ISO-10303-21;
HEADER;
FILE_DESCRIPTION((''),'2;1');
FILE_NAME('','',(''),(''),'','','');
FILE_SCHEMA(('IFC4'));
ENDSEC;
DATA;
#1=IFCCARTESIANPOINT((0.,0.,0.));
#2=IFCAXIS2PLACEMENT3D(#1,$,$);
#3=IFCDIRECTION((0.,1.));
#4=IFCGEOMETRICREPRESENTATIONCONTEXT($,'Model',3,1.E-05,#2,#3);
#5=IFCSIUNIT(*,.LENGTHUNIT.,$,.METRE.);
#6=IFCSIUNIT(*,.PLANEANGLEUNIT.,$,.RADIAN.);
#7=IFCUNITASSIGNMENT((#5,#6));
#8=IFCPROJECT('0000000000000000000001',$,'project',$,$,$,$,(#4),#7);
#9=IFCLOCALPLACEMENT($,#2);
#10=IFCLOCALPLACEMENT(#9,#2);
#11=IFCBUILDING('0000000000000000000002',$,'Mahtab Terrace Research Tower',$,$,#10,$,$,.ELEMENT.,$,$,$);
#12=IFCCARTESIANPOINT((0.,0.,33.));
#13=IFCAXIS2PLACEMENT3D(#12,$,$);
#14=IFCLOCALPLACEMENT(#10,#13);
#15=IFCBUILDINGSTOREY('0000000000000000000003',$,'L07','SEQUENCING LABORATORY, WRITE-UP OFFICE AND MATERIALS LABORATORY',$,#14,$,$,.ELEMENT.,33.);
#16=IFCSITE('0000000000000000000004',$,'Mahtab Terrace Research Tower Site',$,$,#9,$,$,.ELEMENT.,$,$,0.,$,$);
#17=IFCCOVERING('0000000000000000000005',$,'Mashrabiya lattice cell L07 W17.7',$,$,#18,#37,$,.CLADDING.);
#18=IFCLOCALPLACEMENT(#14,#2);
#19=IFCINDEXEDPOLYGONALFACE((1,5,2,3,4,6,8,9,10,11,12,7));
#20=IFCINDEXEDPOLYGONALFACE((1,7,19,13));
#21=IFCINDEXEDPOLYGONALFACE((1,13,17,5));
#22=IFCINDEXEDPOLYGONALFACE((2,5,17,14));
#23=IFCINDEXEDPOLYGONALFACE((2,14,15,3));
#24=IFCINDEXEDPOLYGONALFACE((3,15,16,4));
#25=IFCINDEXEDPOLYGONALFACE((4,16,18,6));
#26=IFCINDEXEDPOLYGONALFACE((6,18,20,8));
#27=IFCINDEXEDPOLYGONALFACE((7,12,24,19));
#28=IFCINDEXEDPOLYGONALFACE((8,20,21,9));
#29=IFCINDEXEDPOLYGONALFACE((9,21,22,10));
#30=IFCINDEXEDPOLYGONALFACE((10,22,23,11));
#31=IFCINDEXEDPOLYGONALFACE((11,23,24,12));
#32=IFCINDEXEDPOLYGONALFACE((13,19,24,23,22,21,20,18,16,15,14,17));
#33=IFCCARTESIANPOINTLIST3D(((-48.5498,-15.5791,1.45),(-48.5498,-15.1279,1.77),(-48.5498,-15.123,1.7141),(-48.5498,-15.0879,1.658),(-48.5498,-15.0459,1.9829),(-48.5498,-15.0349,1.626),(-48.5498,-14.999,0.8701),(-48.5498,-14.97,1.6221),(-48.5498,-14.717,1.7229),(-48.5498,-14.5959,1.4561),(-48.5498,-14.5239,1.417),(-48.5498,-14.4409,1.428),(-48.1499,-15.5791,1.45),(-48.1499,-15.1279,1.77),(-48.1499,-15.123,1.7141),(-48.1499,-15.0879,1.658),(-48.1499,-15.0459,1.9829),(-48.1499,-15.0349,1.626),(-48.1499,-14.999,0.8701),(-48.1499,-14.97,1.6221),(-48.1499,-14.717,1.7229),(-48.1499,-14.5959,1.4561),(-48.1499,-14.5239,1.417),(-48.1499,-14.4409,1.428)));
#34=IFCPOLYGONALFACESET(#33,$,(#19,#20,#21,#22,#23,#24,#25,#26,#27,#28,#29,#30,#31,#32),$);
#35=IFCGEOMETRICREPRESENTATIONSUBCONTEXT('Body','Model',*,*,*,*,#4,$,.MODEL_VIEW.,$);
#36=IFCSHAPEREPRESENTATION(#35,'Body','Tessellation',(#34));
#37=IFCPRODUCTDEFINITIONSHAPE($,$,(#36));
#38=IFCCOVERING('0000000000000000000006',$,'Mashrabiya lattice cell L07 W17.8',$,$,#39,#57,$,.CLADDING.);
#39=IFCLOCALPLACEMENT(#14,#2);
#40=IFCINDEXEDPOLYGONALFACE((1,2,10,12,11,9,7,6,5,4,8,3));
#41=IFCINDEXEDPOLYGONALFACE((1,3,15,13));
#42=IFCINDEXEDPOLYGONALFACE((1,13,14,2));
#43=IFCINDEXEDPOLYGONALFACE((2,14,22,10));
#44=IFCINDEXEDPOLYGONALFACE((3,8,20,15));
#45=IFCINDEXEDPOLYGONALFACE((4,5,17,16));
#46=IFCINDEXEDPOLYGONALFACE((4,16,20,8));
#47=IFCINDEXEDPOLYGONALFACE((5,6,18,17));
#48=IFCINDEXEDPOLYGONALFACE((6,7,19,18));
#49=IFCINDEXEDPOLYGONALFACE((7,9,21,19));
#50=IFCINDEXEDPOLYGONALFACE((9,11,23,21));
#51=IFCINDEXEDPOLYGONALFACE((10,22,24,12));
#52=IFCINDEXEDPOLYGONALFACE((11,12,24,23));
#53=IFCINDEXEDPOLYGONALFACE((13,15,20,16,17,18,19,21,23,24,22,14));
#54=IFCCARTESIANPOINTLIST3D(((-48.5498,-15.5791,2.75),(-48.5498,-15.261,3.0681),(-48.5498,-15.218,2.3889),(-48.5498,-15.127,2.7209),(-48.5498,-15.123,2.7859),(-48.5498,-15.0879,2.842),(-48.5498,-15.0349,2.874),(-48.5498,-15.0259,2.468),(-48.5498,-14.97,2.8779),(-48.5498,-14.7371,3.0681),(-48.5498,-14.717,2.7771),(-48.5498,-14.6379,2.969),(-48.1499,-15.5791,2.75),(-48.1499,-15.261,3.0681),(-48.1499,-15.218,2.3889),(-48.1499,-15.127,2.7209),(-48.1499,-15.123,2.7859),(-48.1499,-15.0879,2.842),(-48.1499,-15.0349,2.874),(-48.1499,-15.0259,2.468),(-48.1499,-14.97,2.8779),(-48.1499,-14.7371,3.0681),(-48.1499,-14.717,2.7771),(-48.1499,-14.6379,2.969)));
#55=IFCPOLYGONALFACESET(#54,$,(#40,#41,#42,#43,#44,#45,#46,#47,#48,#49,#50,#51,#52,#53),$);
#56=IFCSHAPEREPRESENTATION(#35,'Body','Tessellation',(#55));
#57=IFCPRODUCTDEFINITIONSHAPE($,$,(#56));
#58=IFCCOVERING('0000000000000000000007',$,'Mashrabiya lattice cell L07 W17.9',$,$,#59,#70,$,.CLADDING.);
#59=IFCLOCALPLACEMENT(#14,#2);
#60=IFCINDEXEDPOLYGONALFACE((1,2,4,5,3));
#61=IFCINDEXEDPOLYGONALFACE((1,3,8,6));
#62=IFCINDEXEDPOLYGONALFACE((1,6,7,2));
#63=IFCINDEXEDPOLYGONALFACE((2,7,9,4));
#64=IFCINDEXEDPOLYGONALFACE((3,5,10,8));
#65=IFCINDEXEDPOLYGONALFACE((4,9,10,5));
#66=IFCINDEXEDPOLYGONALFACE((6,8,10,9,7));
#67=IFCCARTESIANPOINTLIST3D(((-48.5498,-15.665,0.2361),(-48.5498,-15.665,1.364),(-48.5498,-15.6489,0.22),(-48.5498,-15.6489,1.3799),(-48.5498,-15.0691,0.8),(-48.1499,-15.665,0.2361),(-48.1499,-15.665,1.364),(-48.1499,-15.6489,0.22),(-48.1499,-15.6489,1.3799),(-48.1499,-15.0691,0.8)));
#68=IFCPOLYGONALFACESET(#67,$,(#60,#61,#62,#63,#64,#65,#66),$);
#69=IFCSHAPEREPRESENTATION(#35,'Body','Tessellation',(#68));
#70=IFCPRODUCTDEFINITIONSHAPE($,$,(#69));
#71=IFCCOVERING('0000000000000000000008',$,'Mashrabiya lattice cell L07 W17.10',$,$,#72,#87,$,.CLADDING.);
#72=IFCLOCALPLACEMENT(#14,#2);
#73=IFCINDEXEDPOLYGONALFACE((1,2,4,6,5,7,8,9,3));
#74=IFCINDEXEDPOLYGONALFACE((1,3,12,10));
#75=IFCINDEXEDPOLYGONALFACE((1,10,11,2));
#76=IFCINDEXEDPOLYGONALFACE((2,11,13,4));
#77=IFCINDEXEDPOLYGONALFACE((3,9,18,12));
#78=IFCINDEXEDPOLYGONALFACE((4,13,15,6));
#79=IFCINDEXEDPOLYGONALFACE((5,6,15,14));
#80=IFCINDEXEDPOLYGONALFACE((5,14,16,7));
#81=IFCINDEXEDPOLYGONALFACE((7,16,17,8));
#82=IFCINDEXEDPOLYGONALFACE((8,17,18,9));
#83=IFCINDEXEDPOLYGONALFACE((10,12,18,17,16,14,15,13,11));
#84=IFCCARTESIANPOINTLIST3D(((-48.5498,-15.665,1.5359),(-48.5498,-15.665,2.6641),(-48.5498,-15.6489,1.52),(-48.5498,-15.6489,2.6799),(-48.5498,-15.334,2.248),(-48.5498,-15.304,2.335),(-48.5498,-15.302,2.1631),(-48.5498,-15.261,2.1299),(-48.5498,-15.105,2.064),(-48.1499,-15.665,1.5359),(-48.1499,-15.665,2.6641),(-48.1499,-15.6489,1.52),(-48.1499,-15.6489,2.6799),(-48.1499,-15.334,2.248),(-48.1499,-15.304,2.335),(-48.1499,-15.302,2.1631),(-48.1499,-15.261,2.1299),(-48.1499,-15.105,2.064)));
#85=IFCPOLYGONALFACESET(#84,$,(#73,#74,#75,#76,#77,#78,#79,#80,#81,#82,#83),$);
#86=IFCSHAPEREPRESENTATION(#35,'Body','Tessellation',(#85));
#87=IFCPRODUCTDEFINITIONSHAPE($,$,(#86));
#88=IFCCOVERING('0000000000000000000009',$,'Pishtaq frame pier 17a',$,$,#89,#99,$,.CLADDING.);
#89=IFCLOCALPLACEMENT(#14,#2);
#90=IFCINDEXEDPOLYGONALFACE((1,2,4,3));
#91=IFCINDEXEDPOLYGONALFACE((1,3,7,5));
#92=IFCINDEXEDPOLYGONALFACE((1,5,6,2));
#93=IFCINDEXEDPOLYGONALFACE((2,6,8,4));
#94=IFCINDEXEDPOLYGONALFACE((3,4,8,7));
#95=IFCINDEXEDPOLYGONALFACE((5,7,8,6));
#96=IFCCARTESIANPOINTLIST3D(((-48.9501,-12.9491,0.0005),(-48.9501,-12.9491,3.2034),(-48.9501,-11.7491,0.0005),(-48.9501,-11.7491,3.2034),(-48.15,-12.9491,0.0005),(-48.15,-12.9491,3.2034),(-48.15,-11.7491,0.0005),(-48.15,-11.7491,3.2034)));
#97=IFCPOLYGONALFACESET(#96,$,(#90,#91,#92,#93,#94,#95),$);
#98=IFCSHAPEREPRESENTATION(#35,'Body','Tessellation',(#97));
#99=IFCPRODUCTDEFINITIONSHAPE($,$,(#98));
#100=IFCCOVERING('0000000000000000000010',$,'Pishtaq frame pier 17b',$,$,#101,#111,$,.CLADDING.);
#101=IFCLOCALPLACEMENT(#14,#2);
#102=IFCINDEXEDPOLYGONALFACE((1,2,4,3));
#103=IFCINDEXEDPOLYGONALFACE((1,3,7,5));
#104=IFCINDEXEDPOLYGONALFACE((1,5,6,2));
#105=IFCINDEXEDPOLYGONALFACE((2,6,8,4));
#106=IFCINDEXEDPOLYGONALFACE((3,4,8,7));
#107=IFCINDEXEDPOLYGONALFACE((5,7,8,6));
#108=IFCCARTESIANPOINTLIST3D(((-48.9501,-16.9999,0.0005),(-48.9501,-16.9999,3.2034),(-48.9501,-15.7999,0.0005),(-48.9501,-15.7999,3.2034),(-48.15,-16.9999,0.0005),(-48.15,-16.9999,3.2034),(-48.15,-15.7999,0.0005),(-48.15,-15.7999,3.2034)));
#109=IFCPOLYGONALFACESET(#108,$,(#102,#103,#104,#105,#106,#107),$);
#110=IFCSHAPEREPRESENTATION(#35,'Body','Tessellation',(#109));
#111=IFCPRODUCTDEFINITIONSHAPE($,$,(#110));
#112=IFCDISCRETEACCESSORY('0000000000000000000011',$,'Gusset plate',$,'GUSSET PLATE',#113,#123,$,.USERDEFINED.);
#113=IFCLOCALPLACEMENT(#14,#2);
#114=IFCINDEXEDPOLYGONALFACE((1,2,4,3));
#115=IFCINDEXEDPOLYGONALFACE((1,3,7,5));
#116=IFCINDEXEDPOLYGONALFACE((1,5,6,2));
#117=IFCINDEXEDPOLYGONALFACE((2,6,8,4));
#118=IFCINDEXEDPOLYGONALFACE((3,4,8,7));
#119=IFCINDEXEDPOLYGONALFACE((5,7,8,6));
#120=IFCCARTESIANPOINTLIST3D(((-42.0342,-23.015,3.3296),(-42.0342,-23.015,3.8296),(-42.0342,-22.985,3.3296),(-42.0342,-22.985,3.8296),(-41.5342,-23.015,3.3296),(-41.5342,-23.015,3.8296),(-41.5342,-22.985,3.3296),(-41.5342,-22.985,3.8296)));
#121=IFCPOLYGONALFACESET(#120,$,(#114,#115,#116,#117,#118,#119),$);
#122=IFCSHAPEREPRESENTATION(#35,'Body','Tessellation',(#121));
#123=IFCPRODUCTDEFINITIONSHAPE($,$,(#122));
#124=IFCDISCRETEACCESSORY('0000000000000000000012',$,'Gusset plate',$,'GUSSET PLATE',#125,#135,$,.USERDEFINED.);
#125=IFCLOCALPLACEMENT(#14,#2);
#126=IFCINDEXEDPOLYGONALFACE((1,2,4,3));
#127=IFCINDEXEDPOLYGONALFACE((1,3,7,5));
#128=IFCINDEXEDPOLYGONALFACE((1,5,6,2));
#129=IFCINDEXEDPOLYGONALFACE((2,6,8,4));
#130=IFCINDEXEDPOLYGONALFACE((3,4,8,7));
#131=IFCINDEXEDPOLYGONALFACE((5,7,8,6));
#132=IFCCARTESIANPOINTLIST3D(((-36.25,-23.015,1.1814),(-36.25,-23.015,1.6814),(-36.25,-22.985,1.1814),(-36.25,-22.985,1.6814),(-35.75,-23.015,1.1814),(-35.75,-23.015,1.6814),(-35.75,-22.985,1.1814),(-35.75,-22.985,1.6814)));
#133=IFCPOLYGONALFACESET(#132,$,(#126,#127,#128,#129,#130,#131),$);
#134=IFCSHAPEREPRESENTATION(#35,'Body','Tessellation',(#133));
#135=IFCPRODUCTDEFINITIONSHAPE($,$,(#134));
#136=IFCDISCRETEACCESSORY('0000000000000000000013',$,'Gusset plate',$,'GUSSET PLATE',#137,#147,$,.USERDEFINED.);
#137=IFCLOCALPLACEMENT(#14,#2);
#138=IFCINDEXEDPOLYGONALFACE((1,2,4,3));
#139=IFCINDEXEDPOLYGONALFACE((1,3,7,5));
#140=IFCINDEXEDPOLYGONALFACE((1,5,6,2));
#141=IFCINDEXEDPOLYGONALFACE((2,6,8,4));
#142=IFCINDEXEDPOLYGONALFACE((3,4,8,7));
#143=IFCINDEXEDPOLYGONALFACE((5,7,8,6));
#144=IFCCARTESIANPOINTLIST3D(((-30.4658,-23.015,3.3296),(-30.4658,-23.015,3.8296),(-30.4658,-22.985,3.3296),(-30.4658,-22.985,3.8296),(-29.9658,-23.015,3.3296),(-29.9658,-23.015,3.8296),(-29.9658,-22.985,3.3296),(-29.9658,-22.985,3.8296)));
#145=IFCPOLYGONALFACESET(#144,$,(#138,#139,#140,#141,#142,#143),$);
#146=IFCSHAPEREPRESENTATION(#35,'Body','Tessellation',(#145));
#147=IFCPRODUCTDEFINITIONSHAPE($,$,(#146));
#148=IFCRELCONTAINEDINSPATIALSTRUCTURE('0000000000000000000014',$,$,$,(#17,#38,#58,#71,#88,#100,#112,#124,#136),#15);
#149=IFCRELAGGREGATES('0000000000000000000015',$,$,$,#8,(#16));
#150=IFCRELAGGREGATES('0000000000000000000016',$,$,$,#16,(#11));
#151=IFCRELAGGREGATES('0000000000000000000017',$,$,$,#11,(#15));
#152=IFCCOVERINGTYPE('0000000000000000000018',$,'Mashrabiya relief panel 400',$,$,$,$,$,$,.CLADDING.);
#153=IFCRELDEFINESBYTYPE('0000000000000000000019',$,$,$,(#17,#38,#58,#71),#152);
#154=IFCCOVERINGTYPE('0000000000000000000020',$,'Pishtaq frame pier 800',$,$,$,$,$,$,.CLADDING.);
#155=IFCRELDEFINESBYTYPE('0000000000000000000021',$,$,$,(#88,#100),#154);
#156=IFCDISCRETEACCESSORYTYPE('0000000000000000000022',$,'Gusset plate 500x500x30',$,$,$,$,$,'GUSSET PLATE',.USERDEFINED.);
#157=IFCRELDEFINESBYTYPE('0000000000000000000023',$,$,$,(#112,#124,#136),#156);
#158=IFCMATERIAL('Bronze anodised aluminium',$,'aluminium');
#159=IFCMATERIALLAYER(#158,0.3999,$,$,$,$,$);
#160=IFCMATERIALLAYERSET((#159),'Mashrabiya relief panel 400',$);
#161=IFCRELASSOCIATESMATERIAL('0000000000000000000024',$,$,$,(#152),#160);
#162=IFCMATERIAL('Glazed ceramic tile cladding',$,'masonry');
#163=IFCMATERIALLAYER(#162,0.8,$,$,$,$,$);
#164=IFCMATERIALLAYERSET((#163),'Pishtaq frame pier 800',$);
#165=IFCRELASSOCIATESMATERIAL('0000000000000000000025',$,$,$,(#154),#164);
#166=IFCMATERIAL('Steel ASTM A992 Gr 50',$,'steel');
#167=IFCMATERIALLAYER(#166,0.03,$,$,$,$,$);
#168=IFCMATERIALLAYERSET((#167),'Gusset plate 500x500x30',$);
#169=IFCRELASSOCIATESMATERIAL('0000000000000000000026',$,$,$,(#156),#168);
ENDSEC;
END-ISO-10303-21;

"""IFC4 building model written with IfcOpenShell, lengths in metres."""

from ifc_helpers import new_model, si_unit, direction, frame, origin, origin_2d, place, context, subcontext, project, spatial, polyline, rectangle, outline, extrude, material, layer, layer_set, type_object, element, save


model = new_model("IFC4")

# Units and contexts
model_context = context("Model", 3, precision=1e-05, world=origin(), true_north=direction((0.0, 1.0)))
body_context = subcontext(model_context, "Body", "Model", "MODEL_VIEW")
ifc_project = project(units=[si_unit("LENGTHUNIT", "METRE"), si_unit("PLANEANGLEUNIT", "RADIAN")], contexts=[model_context])

# Site, building, storey
site_placement = place(None, origin())
site = spatial("IfcSite", under=ifc_project, at=site_placement, Name="Mahtab Terrace Research Tower Site", CompositionType="ELEMENT", RefElevation=0.0)
building_placement = place(site_placement, origin())
building = spatial("IfcBuilding", under=site, at=building_placement, Name="Mahtab Terrace Research Tower", CompositionType="ELEMENT")
storey_placement = place(building_placement, frame((0.0, 0.0, 33.0)))
storey = spatial("IfcBuildingStorey", under=building, at=storey_placement, Name="L07", Description="SEQUENCING LABORATORY, WRITE-UP OFFICE AND MATERIALS LABORATORY", CompositionType="ELEMENT", Elevation=33.0)

# Shared definitions
ifc_material_1 = material(Name="Steel ASTM A992 Gr 50", Category="steel")

# Coverings
ifc_material_2 = material(Name="Bronze anodised aluminium", Category="aluminium")
ifc_layer_1 = layer(ifc_material_2, 0.3999)
ifc_layer_set_1 = layer_set([ifc_layer_1], Name="Mashrabiya relief panel 400")
covering_type_1 = type_object("IfcCoveringType", Name="Mashrabiya relief panel 400", PredefinedType="CLADDING", material=ifc_layer_set_1)
covering_1_placement = place(storey_placement, frame((-48.1499, -15.5791, 1.45), z_axis=(1.0, 0.0, 0.0), x_axis=(0.0, 0.707256, -0.706958)))
element("IfcCovering", 1, at=covering_1_placement, inside=storey, type_object=covering_type_1, Name="Mashrabiya lattice cell L07 W17.7", PredefinedType="CLADDING", context=body_context, shape_type="SweptSolid", body=[
    extrude(outline(polyline([(0.0, 0.0), (0.8202, 0.0), (0.8205, 0.7891), (0.7696, 0.7227), (0.691, 0.6994), (0.4167, 0.8025), (0.3091, 0.5524), (0.2604, 0.5092), (0.2004, 0.4944), (0.1358, 0.5092), (0.0928, 0.5453), (0.0003, 0.7539), (0.0, 0.0)])), origin(), (0.0, 0.0, -1.0), 0.3999),
])
covering_2_placement = place(storey_placement, frame((-48.1499, -15.5791, 2.75), z_axis=(1.0, 0.0, 0.0), x_axis=(0.0, 0.707107, -0.707107)))
element("IfcCovering", 2, at=covering_2_placement, inside=storey, type_object=covering_type_1, Name="Mashrabiya lattice cell L07 W17.8", PredefinedType="CLADDING", context=body_context, shape_type="SweptSolid", body=[
    extrude(outline(polyline([(0.0, 0.0), (0.5106, 0.0), (0.5906, 0.1918), (0.3403, 0.2992), (0.2971, 0.3479), (0.2823, 0.4124), (0.2971, 0.4725), (0.3403, 0.5212), (0.5904, 0.6287), (0.5106, 0.8204), (0.3705, 0.8204), (0.0, 0.4499), (0.0, 0.0)])), origin(), (0.0, 0.0, -1.0), 0.3999),
])
covering_3_placement = place(storey_placement, frame((-48.1499, -15.6489, 0.22), z_axis=(1.0, 0.0, 0.0), x_axis=(0.0, 0.706958, 0.707256)))
element("IfcCovering", 3, at=covering_3_placement, inside=storey, type_object=covering_type_1, Name="Mashrabiya lattice cell L07 W17.9", PredefinedType="CLADDING", context=body_context, shape_type="SweptSolid", body=[
    extrude(outline(polyline([(0.0, 0.0), (0.8202, 0.0), (0.8204, 0.82), (0.7977, 0.8202), (0.0, 0.0228), (0.0, 0.0)])), origin(), (0.0, 0.0, -1.0), 0.3999),
])
covering_4_placement = place(storey_placement, frame((-48.1499, -15.6489, 1.52), z_axis=(1.0, 0.0, 0.0), x_axis=(0.0, 0.707107, 0.707107)))
element("IfcCovering", 4, at=covering_4_placement, inside=storey, type_object=covering_type_1, Name="Mashrabiya lattice cell L07 W17.10", PredefinedType="CLADDING", context=body_context, shape_type="SweptSolid", body=[
    extrude(outline(polyline([(0.0, 0.0), (0.7693, 0.0), (0.7056, 0.1569), (0.7, 0.2094), (0.7375, 0.2921), (0.8202, 0.3323), (0.8202, 0.8202), (0.7976, 0.8204), (-0.0002, 0.0226), (0.0, 0.0)])), origin(), (0.0, 0.0, -1.0), 0.3999),
])
ifc_material_3 = material(Name="Glazed ceramic tile cladding", Category="masonry")
ifc_layer_2 = layer(ifc_material_3, 0.8)
ifc_layer_set_2 = layer_set([ifc_layer_2], Name="Pishtaq frame pier 800")
covering_type_2 = type_object("IfcCoveringType", Name="Pishtaq frame pier 800", PredefinedType="CLADDING", material=ifc_layer_set_2)
for number, where, z_axis, x_axis, name in (
    (5, (-48.55, -12.3491, 0.0005), (0.0, 0.0, 1.0), (0.0, -1.0, 0.0), "Pishtaq frame pier 17a"),
    (6, (-48.55, -16.3999, 0.0005), (0.0, 0.0, 1.0), (0.0, -1.0, 0.0), "Pishtaq frame pier 17b"),
):
    element("IfcCovering", number, at=place(storey_placement, frame(where, z_axis=z_axis, x_axis=x_axis)), inside=storey, type_object=covering_type_2, Name=name, PredefinedType="CLADDING", context=body_context, shape_type="SweptSolid", body=[
        extrude(rectangle(XDim=1.2, YDim=0.8, at=origin_2d()), origin(), (0.0, 0.0, 1.0), 3.2029),
    ])

# Discrete accessories
ifc_layer_3 = layer(ifc_material_1, 0.03)
ifc_layer_set_3 = layer_set([ifc_layer_3], Name="Gusset plate 500x500x30")
discrete_accessory_type = type_object("IfcDiscreteAccessoryType", Name="Gusset plate 500x500x30", ElementType="GUSSET PLATE", PredefinedType="USERDEFINED", material=ifc_layer_set_3)
for number, where, z_axis, x_axis, name in (
    (7, (-41.7842, -23.0, 3.3296), (0.0, 0.0, 1.0), (1.0, 0.0, 0.0), "Gusset plate"),
    (8, (-36.0, -23.0, 1.1814), (0.0, 0.0, 1.0), (1.0, 0.0, 0.0), "Gusset plate"),
    (9, (-30.2158, -23.0, 3.3296), (0.0, 0.0, 1.0), (1.0, 0.0, 0.0), "Gusset plate"),
):
    element("IfcDiscreteAccessory", number, at=place(storey_placement, frame(where, z_axis=z_axis, x_axis=x_axis)), inside=storey, type_object=discrete_accessory_type, Name=name, ObjectType="GUSSET PLATE", PredefinedType="USERDEFINED", context=body_context, shape_type="SweptSolid", body=[
        extrude(rectangle(XDim=0.5, YDim=0.03, at=origin_2d()), origin(), (0.0, 0.0, 1.0), 0.5),
    ])

save(model, "model.ifc")
